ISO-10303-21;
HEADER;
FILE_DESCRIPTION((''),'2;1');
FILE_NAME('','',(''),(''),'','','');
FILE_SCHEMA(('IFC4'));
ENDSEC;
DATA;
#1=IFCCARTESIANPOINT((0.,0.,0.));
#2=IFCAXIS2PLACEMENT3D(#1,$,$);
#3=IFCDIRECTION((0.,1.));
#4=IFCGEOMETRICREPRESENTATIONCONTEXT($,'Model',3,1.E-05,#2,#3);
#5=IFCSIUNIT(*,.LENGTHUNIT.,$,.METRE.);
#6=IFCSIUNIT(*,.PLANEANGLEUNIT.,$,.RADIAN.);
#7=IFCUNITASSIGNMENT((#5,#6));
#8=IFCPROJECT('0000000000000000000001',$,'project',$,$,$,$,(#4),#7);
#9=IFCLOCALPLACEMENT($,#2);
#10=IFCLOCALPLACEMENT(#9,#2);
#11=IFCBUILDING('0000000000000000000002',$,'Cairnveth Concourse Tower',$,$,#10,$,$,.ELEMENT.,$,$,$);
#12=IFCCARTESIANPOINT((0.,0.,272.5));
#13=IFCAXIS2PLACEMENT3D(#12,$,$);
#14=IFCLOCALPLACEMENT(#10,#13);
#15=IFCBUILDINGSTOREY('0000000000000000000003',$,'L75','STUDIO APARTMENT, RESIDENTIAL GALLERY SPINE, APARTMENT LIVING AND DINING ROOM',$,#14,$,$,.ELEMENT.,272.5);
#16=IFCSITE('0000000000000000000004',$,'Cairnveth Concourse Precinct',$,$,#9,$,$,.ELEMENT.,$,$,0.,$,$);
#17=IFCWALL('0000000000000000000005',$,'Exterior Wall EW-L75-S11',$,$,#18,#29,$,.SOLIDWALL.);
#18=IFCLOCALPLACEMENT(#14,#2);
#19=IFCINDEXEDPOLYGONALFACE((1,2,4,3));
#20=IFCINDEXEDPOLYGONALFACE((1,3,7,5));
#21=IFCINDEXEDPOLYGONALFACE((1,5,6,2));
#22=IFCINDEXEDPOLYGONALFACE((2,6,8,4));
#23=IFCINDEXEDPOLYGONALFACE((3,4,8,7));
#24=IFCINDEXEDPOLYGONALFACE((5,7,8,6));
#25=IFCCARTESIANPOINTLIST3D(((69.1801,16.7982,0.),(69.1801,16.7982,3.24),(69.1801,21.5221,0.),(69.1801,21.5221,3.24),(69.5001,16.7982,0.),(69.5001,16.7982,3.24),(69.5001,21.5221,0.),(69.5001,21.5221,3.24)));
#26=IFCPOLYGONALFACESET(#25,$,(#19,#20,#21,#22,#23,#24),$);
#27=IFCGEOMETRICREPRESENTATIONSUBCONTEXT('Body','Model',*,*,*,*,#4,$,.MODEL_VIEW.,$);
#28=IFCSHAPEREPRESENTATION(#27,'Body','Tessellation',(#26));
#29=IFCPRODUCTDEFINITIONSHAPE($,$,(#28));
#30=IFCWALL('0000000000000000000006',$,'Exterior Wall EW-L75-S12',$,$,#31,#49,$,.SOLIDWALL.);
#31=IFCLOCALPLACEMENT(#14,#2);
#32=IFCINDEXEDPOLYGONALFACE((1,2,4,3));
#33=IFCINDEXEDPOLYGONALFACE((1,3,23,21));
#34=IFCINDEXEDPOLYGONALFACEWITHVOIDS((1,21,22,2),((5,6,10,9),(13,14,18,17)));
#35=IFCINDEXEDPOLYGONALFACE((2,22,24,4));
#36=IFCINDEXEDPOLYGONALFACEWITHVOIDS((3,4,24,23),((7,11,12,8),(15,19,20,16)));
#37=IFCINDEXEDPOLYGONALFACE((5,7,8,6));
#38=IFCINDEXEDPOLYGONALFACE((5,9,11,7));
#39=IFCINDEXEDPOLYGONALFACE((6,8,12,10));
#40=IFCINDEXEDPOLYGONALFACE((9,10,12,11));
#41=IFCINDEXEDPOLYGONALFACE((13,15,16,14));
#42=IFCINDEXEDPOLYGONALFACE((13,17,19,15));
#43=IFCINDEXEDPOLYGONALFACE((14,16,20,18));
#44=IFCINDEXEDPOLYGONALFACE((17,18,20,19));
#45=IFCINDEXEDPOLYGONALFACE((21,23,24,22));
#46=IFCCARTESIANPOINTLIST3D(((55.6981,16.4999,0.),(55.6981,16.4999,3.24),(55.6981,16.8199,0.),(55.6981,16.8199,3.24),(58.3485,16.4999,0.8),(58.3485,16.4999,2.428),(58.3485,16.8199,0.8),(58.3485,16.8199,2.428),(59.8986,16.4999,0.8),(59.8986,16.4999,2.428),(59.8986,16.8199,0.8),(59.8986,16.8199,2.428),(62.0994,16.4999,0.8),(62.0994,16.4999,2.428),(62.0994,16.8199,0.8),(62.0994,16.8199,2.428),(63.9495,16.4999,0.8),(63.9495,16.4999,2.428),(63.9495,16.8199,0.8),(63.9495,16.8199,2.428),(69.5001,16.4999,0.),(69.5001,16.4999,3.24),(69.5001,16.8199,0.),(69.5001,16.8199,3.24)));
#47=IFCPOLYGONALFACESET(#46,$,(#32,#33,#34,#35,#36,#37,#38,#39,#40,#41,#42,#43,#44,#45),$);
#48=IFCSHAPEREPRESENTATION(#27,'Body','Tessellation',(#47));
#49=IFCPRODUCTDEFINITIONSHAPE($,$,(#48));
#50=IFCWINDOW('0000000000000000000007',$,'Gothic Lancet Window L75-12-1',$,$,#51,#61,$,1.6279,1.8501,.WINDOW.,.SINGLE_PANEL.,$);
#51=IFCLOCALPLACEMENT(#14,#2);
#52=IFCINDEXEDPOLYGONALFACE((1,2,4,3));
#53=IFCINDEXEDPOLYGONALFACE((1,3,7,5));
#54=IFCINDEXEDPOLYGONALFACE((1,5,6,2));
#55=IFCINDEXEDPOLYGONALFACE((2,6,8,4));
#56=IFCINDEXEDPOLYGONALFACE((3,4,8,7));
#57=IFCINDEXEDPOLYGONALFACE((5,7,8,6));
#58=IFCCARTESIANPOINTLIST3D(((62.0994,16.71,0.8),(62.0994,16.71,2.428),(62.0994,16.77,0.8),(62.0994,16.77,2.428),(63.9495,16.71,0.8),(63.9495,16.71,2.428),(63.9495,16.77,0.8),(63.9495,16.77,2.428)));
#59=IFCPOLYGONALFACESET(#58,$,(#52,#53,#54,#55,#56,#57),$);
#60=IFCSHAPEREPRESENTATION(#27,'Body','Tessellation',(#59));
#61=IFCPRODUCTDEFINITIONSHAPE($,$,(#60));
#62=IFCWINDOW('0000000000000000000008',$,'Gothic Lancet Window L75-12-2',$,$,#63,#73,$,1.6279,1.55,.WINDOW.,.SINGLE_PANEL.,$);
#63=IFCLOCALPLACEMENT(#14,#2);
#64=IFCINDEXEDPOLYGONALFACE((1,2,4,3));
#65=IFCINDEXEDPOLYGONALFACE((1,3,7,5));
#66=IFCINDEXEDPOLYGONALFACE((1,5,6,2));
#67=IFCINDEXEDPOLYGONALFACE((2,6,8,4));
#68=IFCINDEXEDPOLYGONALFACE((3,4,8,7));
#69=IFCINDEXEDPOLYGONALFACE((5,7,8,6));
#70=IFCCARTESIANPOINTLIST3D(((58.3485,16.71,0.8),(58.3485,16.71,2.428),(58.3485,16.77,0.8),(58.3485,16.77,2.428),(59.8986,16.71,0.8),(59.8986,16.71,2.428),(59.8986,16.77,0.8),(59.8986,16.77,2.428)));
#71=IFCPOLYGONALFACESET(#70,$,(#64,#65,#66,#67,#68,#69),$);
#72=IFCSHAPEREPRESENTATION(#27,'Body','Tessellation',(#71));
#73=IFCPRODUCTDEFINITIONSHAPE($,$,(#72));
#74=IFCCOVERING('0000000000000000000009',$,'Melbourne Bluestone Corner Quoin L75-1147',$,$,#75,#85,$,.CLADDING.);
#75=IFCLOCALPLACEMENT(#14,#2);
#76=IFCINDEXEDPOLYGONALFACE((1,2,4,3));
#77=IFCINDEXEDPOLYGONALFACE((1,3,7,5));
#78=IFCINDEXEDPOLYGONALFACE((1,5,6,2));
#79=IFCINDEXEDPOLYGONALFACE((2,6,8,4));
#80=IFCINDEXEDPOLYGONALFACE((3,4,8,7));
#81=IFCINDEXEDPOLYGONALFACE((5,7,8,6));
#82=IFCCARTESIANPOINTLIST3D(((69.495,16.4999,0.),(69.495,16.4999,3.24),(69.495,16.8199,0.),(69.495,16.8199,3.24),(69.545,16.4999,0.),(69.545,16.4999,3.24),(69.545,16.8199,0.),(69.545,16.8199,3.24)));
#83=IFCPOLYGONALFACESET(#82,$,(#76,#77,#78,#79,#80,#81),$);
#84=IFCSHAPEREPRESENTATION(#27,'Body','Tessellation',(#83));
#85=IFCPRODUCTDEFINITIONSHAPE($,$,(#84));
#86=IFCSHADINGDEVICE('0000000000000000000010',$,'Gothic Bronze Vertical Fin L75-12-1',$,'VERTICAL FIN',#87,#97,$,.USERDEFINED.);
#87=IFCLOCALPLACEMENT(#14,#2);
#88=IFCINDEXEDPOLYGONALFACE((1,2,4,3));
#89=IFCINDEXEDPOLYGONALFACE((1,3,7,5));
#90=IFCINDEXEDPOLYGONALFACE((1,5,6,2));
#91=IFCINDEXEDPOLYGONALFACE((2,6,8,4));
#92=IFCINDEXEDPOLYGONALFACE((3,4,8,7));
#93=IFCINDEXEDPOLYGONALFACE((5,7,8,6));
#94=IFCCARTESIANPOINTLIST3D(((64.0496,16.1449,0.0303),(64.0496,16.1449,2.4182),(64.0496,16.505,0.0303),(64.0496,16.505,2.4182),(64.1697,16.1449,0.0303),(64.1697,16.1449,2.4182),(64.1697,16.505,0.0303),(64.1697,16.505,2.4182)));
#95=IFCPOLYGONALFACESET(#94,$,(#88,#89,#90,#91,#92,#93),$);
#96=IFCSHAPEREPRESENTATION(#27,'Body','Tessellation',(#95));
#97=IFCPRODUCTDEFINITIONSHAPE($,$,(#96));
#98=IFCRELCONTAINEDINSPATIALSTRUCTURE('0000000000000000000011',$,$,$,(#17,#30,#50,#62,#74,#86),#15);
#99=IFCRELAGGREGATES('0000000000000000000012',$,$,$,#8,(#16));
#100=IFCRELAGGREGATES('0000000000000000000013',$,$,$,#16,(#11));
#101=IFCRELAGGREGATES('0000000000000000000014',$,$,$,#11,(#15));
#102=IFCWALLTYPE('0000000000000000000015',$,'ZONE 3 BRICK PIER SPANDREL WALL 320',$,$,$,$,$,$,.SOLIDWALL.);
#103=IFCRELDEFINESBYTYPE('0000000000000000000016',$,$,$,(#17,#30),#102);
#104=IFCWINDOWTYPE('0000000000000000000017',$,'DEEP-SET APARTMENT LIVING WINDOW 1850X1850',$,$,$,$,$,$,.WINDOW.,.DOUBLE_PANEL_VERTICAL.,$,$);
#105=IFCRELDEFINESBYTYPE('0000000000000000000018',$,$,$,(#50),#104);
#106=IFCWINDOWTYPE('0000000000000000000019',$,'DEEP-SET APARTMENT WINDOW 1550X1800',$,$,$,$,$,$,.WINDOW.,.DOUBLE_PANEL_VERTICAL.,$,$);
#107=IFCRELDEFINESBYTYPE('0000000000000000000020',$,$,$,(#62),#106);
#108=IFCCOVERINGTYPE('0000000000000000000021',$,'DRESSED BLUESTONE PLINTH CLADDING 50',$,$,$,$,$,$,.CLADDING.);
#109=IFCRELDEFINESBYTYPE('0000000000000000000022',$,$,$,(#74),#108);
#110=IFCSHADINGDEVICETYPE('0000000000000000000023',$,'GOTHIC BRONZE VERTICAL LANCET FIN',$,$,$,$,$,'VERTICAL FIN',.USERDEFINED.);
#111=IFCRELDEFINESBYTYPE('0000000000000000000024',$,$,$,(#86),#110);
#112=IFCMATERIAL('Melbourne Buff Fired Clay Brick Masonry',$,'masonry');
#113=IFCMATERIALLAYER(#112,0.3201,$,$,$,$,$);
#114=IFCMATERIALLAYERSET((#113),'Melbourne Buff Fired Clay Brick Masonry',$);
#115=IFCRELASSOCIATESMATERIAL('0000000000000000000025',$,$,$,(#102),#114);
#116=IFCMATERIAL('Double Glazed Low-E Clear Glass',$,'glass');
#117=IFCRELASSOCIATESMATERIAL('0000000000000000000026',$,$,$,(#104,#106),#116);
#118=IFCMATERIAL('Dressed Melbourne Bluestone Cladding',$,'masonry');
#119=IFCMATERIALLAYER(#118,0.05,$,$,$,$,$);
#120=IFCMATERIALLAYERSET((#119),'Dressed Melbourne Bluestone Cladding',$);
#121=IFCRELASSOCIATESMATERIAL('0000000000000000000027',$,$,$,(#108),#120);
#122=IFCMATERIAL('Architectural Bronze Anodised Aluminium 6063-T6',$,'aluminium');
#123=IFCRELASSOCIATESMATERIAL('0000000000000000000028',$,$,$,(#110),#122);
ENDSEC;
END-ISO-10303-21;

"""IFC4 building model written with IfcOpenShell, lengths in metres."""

from ifc_helpers import new_model, si_unit, direction, frame, frame_2d, origin, origin_2d, place, context, subcontext, project, spatial, rectangle, extrude, material, layer, layer_set, type_object, element, fill, save


model = new_model("IFC4")

# Units and contexts
model_context = context("Model", 3, precision=1e-05, world=origin(), true_north=direction((0.0, 1.0)))
body_context = subcontext(model_context, "Body", "Model", "MODEL_VIEW")
ifc_project = project(units=[si_unit("LENGTHUNIT", "METRE"), si_unit("PLANEANGLEUNIT", "RADIAN")], contexts=[model_context])

# Site, building, storey
site_placement = place(None, origin())
site = spatial("IfcSite", under=ifc_project, at=site_placement, Name="Cairnveth Concourse Precinct", CompositionType="ELEMENT", RefElevation=0.0)
building_placement = place(site_placement, origin())
building = spatial("IfcBuilding", under=site, at=building_placement, Name="Cairnveth Concourse Tower", CompositionType="ELEMENT")
storey_placement = place(building_placement, frame((0.0, 0.0, 272.5)))
storey = spatial("IfcBuildingStorey", under=building, at=storey_placement, Name="L75", Description="STUDIO APARTMENT, RESIDENTIAL GALLERY SPINE, APARTMENT LIVING AND DINING ROOM", CompositionType="ELEMENT", Elevation=272.5)

# Wall
ifc_material_1 = material(Name="Melbourne Buff Fired Clay Brick Masonry", Category="masonry")
ifc_layer_1 = layer(ifc_material_1, 0.3201)
ifc_layer_set_1 = layer_set([ifc_layer_1], Name="Melbourne Buff Fired Clay Brick Masonry")
wall_type_1 = type_object("IfcWallType", Name="ZONE 3 BRICK PIER SPANDREL WALL 320", PredefinedType="SOLIDWALL", material=ifc_layer_set_1)
wall_1_placement = place(storey_placement, frame((69.3401, 21.522, 0.0), z_axis=(0.0, 0.0, 1.0), x_axis=(0.0, -1.0, 0.0)))
element("IfcWall", 1, at=wall_1_placement, inside=storey, type_object=wall_type_1, Name="Exterior Wall EW-L75-S11", PredefinedType="SOLIDWALL", context=body_context, shape_type="SweptSolid", body=[
    extrude(rectangle(XDim=4.7239, YDim=0.3201, at=frame_2d((2.3618, 0.0))), origin(), (0.0, 0.0, 1.0), 3.24),
])

# Wall, openings, windows
wall_2_placement = place(storey_placement, frame((69.5, 16.6599, 0.0), z_axis=(0.0, 0.0, 1.0), x_axis=(-1.0, 0.0, 0.0)))
wall_2 = element("IfcWall", 2, at=wall_2_placement, inside=storey, type_object=wall_type_1, Name="Exterior Wall EW-L75-S12", PredefinedType="SOLIDWALL", context=body_context, shape_type="SweptSolid", body=[
    extrude(rectangle(XDim=13.802, YDim=0.3201, at=frame_2d((6.9009, 0.0))), origin(), (0.0, 0.0, 1.0), 3.24),
])
opening_1_placement = place(wall_2_placement, frame((5.5505, 0.0, 0.8)))
opening_1 = element("IfcOpeningElement", 3, at=opening_1_placement, cuts=wall_2, PredefinedType="OPENING", context=body_context, shape_type="SweptSolid", body=[
    extrude(rectangle(XDim=1.8501, YDim=1.6279, at=frame_2d((0.925, 0.814))), frame((0.0, 0.1699, 0.0), z_axis=(0.0, -1.0, 0.0), x_axis=(1.0, 0.0, 0.0)), (0.0, 0.0, 1.0), 0.3401),
])
opening_2_placement = place(wall_2_placement, frame((9.6016, 0.0, 0.8)))
opening_2 = element("IfcOpeningElement", 4, at=opening_2_placement, cuts=wall_2, PredefinedType="OPENING", context=body_context, shape_type="SweptSolid", body=[
    extrude(rectangle(XDim=1.55, YDim=1.6279, at=frame_2d((0.7749, 0.814))), frame((0.0, 0.1699, 0.0), z_axis=(0.0, -1.0, 0.0), x_axis=(1.0, 0.0, 0.0)), (0.0, 0.0, 1.0), 0.3401),
])
ifc_material_2 = material(Name="Double Glazed Low-E Clear Glass", Category="glass")
window_type_1 = type_object("IfcWindowType", Name="DEEP-SET APARTMENT LIVING WINDOW 1850X1850", PartitioningType="DOUBLE_PANEL_VERTICAL", PredefinedType="WINDOW", material=ifc_material_2)
window_1_placement = place(opening_1_placement, origin())
window_1 = element("IfcWindow", 5, at=window_1_placement, inside=storey, type_object=window_type_1, Name="Gothic Lancet Window L75-12-1", OverallHeight=1.6279, OverallWidth=1.8501, PartitioningType="SINGLE_PANEL", PredefinedType="WINDOW", context=body_context, shape_type="SweptSolid", body=[
    extrude(rectangle(XDim=1.8501, YDim=1.6279, at=frame_2d((0.925, 0.814))), frame((0.0, -0.05, 0.0), z_axis=(0.0, -1.0, 0.0), x_axis=(1.0, 0.0, 0.0)), (0.0, 0.0, 1.0), 0.0601),
])
fill(opening_1, window_1)
window_type_2 = type_object("IfcWindowType", Name="DEEP-SET APARTMENT WINDOW 1550X1800", PartitioningType="DOUBLE_PANEL_VERTICAL", PredefinedType="WINDOW", material=ifc_material_2)
window_2_placement = place(opening_2_placement, origin())
window_2 = element("IfcWindow", 6, at=window_2_placement, inside=storey, type_object=window_type_2, Name="Gothic Lancet Window L75-12-2", OverallHeight=1.6279, OverallWidth=1.55, PartitioningType="SINGLE_PANEL", PredefinedType="WINDOW", context=body_context, shape_type="SweptSolid", body=[
    extrude(rectangle(XDim=1.55, YDim=1.6279, at=frame_2d((0.7749, 0.814))), frame((0.0, -0.05, 0.0), z_axis=(0.0, -1.0, 0.0), x_axis=(1.0, 0.0, 0.0)), (0.0, 0.0, 1.0), 0.0601),
])
fill(opening_2, window_2)

# Covering
ifc_material_3 = material(Name="Dressed Melbourne Bluestone Cladding", Category="masonry")
ifc_layer_2 = layer(ifc_material_3, 0.05)
ifc_layer_set_2 = layer_set([ifc_layer_2], Name="Dressed Melbourne Bluestone Cladding")
covering_type = type_object("IfcCoveringType", Name="DRESSED BLUESTONE PLINTH CLADDING 50", PredefinedType="CLADDING", material=ifc_layer_set_2)
covering_placement = place(storey_placement, frame((69.52, 16.8201, 0.0), z_axis=(0.0, 0.0, 1.0), x_axis=(0.0, -1.0, 0.0)))
element("IfcCovering", 7, at=covering_placement, inside=storey, type_object=covering_type, Name="Melbourne Bluestone Corner Quoin L75-1147", PredefinedType="CLADDING", context=body_context, shape_type="SweptSolid", body=[
    extrude(rectangle(XDim=0.3201, YDim=0.05, at=frame_2d((0.1602, 0.0))), origin(), (0.0, 0.0, 1.0), 3.24),
])

# Shading device
ifc_material_4 = material(Name="Architectural Bronze Anodised Aluminium 6063-T6", Category="aluminium")
shading_device_type = type_object("IfcShadingDeviceType", Name="GOTHIC BRONZE VERTICAL LANCET FIN", ElementType="VERTICAL FIN", PredefinedType="USERDEFINED", material=ifc_material_4)
shading_device_placement = place(storey_placement, frame((64.1096, 16.325, 0.0303), z_axis=(0.0, 0.0, 1.0), x_axis=(1.0, 0.0, 0.0)))
element("IfcShadingDevice", 8, at=shading_device_placement, inside=storey, type_object=shading_device_type, Name="Gothic Bronze Vertical Fin L75-12-1", ObjectType="VERTICAL FIN", PredefinedType="USERDEFINED", context=body_context, shape_type="SweptSolid", body=[
    extrude(rectangle(XDim=0.1201, YDim=0.3601, at=origin_2d()), origin(), (0.0, 0.0, 1.0), 2.3879),
])

save(model, "model.ifc")
